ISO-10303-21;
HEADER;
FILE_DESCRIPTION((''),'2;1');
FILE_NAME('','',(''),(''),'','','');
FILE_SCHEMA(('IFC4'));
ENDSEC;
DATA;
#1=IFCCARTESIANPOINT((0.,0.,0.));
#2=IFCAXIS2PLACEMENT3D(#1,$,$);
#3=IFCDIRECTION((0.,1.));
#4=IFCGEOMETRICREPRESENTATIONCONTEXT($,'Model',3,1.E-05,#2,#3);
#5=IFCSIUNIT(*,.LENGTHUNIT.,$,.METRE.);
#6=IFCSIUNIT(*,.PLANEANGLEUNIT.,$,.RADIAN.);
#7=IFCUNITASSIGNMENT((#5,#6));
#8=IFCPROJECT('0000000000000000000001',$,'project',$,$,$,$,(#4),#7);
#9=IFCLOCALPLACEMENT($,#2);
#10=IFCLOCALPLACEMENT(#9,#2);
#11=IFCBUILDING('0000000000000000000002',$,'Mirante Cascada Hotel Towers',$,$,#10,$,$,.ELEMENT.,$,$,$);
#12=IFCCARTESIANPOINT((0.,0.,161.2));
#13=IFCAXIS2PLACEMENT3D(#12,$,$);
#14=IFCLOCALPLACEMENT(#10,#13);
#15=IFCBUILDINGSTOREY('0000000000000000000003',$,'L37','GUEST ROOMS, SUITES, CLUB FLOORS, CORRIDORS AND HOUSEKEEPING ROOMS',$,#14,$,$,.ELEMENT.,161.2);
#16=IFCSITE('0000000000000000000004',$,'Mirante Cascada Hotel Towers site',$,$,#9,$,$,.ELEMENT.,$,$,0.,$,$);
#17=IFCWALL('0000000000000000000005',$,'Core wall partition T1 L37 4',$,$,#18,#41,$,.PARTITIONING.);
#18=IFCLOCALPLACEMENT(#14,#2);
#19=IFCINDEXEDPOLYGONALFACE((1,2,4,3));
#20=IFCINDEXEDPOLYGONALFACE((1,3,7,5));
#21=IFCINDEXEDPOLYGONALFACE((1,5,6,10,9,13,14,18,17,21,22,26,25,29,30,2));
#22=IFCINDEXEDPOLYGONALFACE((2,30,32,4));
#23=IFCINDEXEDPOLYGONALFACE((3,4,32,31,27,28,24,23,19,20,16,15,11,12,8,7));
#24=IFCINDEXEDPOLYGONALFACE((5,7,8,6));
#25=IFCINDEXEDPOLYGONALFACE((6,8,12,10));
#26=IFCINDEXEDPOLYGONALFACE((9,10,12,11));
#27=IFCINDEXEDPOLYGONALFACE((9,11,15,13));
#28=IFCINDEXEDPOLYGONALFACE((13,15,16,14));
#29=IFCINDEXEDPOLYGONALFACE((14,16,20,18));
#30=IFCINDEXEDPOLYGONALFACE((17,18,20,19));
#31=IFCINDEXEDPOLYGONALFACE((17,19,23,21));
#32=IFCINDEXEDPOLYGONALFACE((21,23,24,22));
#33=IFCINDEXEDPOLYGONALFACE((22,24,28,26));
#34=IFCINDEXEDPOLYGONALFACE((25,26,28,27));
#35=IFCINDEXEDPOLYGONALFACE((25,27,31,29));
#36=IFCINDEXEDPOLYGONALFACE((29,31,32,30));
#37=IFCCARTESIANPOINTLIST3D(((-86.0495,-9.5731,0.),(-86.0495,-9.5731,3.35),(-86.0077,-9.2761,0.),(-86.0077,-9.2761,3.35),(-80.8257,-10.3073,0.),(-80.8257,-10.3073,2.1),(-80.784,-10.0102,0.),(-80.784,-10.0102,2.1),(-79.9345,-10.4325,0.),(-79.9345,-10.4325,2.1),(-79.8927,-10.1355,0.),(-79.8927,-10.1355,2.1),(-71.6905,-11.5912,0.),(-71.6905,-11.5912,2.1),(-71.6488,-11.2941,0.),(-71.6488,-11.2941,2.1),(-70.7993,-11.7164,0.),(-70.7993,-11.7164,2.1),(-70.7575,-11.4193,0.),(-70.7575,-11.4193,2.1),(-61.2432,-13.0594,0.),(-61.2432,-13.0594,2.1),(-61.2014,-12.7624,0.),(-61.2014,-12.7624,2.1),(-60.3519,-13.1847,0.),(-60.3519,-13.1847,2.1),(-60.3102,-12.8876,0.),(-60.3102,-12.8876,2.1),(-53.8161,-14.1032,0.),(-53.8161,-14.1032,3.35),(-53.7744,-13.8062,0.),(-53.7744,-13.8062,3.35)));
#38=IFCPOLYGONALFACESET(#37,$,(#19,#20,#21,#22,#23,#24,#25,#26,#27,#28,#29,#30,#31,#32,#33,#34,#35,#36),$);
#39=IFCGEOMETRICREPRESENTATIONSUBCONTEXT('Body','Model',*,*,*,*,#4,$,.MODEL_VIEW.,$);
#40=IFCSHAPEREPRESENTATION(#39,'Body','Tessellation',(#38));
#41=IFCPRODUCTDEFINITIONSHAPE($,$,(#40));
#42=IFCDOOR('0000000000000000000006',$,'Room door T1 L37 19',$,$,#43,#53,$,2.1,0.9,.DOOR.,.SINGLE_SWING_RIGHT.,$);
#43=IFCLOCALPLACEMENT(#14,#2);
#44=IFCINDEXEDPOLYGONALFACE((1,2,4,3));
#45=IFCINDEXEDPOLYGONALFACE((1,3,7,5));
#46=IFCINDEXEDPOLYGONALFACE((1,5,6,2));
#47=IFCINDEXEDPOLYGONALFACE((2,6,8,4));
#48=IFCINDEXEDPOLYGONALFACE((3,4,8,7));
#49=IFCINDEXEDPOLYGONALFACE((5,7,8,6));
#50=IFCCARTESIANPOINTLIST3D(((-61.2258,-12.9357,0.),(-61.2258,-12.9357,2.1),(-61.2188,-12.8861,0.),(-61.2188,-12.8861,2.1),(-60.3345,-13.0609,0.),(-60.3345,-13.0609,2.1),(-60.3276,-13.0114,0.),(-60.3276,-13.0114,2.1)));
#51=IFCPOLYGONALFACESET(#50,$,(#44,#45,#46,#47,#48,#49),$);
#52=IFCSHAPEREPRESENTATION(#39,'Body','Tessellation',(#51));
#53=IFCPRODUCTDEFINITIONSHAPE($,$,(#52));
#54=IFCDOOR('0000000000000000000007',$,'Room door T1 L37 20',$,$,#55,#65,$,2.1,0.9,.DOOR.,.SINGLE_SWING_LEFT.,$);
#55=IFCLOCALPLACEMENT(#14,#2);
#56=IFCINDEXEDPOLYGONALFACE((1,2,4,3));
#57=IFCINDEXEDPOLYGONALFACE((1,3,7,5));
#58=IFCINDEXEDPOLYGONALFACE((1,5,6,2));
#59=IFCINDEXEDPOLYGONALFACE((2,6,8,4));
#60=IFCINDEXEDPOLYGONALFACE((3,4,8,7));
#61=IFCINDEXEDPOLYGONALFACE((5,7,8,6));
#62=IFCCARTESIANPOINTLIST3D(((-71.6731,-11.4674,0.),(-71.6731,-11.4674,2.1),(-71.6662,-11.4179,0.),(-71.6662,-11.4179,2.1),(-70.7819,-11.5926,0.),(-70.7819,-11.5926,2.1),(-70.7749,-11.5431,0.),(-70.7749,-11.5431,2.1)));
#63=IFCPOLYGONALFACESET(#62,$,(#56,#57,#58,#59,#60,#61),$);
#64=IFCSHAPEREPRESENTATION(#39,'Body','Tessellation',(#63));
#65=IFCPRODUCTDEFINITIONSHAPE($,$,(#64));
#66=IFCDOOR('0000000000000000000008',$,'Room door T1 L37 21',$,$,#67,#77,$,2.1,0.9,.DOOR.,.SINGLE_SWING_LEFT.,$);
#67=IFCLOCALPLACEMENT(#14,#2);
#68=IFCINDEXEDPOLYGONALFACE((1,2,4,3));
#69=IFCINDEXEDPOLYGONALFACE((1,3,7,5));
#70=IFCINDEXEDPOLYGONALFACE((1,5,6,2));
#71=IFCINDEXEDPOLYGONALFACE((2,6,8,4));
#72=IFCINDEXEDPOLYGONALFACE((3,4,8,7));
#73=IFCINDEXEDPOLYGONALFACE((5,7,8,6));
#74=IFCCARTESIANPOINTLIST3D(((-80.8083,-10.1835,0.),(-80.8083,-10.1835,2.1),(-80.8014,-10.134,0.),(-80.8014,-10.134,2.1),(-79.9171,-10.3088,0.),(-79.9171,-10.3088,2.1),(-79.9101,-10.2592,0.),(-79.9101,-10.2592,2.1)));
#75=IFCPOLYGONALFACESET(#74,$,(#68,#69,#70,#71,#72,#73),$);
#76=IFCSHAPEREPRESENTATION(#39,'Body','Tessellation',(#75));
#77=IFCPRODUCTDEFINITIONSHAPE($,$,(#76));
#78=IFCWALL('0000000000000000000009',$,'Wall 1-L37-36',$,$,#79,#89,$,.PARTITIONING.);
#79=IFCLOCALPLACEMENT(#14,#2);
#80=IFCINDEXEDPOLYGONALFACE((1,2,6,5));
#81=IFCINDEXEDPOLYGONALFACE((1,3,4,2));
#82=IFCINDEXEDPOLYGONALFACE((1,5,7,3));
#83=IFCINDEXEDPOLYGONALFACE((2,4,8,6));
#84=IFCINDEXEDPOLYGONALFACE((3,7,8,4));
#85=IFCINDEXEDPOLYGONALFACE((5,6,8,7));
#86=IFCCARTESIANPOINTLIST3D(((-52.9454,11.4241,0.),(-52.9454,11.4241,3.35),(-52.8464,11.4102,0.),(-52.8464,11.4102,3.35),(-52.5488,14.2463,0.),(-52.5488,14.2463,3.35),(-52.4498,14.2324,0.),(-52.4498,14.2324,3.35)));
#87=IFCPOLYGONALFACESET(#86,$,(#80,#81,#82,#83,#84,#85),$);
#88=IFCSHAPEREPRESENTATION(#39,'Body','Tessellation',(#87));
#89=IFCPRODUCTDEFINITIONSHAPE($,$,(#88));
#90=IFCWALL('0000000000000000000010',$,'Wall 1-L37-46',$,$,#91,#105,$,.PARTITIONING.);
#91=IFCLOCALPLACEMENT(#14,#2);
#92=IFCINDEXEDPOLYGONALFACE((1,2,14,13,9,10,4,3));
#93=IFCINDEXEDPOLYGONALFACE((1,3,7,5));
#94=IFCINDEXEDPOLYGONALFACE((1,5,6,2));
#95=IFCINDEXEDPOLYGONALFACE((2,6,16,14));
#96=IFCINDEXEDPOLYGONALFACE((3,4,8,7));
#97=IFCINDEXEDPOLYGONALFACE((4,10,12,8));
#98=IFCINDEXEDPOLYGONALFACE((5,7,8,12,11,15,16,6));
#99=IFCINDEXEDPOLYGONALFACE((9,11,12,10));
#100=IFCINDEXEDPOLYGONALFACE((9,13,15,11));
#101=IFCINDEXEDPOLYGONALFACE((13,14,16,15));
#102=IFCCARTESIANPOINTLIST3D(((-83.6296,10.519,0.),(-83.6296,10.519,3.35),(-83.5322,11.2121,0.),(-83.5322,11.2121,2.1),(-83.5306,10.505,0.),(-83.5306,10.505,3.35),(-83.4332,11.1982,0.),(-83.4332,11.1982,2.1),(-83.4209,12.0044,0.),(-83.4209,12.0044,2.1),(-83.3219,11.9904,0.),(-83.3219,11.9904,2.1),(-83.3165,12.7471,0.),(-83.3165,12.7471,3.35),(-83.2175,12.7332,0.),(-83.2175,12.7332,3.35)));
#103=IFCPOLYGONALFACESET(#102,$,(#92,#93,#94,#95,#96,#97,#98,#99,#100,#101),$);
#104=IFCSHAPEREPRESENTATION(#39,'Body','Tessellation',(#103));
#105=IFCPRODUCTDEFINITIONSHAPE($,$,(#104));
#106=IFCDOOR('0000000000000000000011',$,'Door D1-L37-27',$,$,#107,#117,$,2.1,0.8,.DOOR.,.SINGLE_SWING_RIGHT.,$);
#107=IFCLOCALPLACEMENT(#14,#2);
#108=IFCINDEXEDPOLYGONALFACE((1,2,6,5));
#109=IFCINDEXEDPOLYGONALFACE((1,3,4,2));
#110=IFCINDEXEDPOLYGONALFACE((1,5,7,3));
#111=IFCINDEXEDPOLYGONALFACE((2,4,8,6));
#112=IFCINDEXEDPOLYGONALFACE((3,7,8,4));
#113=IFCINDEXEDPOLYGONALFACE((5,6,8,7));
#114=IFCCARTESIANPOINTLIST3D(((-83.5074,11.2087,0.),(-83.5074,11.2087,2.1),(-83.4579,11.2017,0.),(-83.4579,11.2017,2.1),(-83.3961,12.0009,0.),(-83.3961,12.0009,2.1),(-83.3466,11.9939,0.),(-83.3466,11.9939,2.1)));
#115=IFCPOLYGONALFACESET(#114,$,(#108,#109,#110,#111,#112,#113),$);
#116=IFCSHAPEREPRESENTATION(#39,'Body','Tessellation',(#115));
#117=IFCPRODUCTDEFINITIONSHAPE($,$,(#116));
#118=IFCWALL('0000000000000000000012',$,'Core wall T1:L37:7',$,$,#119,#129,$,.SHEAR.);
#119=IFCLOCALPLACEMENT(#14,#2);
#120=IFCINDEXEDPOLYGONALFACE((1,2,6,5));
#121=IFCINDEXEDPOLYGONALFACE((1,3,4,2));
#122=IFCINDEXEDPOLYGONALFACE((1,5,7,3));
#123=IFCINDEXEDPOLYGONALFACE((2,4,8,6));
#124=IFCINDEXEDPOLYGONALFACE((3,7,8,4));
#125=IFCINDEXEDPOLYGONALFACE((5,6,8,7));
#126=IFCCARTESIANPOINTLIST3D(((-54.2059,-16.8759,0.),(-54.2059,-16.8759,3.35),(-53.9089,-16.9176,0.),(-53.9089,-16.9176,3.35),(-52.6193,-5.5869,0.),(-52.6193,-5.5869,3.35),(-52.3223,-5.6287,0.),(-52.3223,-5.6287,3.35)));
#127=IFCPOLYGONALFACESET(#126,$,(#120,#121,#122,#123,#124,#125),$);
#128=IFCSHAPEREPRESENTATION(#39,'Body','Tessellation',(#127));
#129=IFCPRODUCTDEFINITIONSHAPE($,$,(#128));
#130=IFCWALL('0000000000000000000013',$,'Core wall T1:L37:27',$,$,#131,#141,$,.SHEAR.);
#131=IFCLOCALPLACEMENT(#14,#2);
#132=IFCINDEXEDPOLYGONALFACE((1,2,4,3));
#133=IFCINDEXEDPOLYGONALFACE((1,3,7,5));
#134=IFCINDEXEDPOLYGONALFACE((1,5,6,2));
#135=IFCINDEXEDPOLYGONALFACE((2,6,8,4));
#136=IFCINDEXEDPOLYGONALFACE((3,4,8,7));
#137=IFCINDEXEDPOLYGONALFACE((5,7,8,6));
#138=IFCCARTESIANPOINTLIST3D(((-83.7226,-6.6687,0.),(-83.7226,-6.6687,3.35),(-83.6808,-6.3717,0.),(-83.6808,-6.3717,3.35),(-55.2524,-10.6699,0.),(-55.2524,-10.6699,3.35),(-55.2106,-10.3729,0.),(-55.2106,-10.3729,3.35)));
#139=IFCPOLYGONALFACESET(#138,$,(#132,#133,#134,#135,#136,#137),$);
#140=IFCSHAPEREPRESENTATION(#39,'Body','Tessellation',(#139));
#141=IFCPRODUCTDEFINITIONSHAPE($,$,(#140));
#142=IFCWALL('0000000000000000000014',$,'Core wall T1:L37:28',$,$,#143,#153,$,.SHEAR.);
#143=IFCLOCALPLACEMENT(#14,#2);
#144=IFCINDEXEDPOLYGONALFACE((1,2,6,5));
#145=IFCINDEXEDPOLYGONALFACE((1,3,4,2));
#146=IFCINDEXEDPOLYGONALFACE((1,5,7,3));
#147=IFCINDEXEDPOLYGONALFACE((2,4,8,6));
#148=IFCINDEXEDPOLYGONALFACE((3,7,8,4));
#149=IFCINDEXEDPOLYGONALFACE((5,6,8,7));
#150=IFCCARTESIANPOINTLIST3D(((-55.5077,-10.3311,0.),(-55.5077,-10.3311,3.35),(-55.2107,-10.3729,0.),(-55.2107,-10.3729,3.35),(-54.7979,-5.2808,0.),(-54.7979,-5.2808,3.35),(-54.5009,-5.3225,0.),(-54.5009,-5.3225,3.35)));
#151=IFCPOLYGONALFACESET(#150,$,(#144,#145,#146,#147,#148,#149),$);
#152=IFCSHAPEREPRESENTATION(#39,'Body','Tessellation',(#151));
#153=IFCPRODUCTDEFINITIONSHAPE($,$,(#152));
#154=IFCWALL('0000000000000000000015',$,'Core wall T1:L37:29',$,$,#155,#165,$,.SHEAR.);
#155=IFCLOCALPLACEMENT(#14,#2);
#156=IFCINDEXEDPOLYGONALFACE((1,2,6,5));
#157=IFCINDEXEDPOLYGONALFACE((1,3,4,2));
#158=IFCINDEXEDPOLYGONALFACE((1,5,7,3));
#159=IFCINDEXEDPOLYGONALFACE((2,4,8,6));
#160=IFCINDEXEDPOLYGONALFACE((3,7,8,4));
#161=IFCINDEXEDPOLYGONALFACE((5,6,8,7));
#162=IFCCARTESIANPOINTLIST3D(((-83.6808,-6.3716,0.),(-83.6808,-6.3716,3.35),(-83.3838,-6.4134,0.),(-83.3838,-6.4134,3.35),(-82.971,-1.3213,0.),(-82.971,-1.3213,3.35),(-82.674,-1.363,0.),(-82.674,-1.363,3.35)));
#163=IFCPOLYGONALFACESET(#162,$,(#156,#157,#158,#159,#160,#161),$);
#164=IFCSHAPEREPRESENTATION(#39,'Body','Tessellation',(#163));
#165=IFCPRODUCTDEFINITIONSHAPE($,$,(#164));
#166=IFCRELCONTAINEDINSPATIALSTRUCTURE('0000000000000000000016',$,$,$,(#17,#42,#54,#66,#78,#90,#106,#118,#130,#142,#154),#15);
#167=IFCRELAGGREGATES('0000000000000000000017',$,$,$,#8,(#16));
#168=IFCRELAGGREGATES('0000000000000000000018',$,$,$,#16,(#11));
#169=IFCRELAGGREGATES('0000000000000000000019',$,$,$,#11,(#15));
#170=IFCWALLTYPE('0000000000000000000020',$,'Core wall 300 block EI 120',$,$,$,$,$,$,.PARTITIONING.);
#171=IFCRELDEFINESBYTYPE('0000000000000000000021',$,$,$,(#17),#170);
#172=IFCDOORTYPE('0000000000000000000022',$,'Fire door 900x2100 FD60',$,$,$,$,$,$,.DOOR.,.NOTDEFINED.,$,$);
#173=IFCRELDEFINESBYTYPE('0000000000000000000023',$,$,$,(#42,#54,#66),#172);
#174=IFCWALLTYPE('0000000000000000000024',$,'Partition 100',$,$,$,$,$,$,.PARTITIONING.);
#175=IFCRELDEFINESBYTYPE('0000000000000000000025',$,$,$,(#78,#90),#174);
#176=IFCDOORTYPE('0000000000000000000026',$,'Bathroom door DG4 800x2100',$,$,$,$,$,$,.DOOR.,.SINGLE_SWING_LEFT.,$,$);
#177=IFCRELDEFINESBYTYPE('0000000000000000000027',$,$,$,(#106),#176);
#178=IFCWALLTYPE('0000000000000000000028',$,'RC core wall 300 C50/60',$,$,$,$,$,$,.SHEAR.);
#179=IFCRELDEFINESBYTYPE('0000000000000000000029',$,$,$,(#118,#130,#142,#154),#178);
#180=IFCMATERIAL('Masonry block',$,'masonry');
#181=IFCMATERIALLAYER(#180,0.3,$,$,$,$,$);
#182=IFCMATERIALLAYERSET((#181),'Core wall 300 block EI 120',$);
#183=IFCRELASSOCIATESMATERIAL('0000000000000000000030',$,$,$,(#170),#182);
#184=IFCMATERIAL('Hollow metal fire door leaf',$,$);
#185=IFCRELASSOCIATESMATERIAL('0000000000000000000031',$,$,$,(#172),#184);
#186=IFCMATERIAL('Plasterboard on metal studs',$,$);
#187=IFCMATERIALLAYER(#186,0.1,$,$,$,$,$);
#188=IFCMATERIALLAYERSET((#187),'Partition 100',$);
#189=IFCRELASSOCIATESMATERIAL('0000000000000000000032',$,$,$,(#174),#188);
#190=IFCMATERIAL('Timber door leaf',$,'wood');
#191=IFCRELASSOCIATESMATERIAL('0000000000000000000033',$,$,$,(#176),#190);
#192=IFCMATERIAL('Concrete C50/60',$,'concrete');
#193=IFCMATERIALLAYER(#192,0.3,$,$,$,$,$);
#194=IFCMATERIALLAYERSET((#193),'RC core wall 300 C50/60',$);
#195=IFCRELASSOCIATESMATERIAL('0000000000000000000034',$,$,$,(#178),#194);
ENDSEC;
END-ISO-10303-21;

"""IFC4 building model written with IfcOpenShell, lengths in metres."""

from ifc_helpers import new_model, si_unit, direction, frame, frame_2d, origin, place, context, subcontext, project, spatial, rectangle, extrude, material, layer, layer_set, type_object, element, fill, save


model = new_model("IFC4")

# Units and contexts
model_context = context("Model", 3, precision=1e-05, world=origin(), true_north=direction((0.0, 1.0)))
body_context = subcontext(model_context, "Body", "Model", "MODEL_VIEW")
ifc_project = project(units=[si_unit("LENGTHUNIT", "METRE"), si_unit("PLANEANGLEUNIT", "RADIAN")], contexts=[model_context])

# Site, building, storey
site_placement = place(None, origin())
site = spatial("IfcSite", under=ifc_project, at=site_placement, Name="Mirante Cascada Hotel Towers site", CompositionType="ELEMENT", RefElevation=0.0)
building_placement = place(site_placement, origin())
building = spatial("IfcBuilding", under=site, at=building_placement, Name="Mirante Cascada Hotel Towers", CompositionType="ELEMENT")
storey_placement = place(building_placement, frame((0.0, 0.0, 161.2)))
storey = spatial("IfcBuildingStorey", under=building, at=storey_placement, Name="L37", Description="GUEST ROOMS, SUITES, CLUB FLOORS, CORRIDORS AND HOUSEKEEPING ROOMS", CompositionType="ELEMENT", Elevation=161.2)

# Wall, openings, doors
ifc_material_1 = material(Name="Masonry block", Category="masonry")
ifc_layer_1 = layer(ifc_material_1, 0.3)
ifc_layer_set_1 = layer_set([ifc_layer_1], Name="Core wall 300 block EI 120")
wall_type_1 = type_object("IfcWallType", Name="Core wall 300 block EI 120", PredefinedType="PARTITIONING", material=ifc_layer_set_1)
wall_1_placement = place(storey_placement, frame((-53.7953, -13.9547, 0.0), z_axis=(0.0, 0.0, 1.0), x_axis=(-0.990268, 0.139173, 0.0)))
wall_1 = element("IfcWall", 1, at=wall_1_placement, inside=storey, type_object=wall_type_1, Name="Core wall partition T1 L37 4", PredefinedType="PARTITIONING", context=body_context, shape_type="SweptSolid", body=[
    extrude(rectangle(XDim=32.5501, YDim=0.3, at=frame_2d((16.275, 0.0))), origin(), (0.0, 0.0, 1.0), 3.35),
])
opening_1_placement = place(wall_1_placement, frame((6.6, 0.0, 0.0)))
opening_1 = element("IfcOpeningElement", 2, at=opening_1_placement, cuts=wall_1, PredefinedType="OPENING", context=body_context, shape_type="SweptSolid", body=[
    extrude(rectangle(XDim=0.9, YDim=2.1, at=frame_2d((0.45, 1.05))), frame((0.0, 0.15, 0.0), z_axis=(0.0, -1.0, 0.0), x_axis=(1.0, 0.0, 0.0)), (0.0, 0.0, 1.0), 0.3),
])
opening_2_placement = place(wall_1_placement, frame((17.15, 0.0, 0.0)))
opening_2 = element("IfcOpeningElement", 3, at=opening_2_placement, cuts=wall_1, PredefinedType="OPENING", context=body_context, shape_type="SweptSolid", body=[
    extrude(rectangle(XDim=0.9, YDim=2.1, at=frame_2d((0.45, 1.05))), frame((0.0, 0.15, 0.0), z_axis=(0.0, -1.0, 0.0), x_axis=(1.0, 0.0, 0.0)), (0.0, 0.0, 1.0), 0.3),
])
opening_3_placement = place(wall_1_placement, frame((26.375, 0.0, 0.0)))
opening_3 = element("IfcOpeningElement", 4, at=opening_3_placement, cuts=wall_1, PredefinedType="OPENING", context=body_context, shape_type="SweptSolid", body=[
    extrude(rectangle(XDim=0.9, YDim=2.1, at=frame_2d((0.45, 1.05))), frame((0.0, 0.15, 0.0), z_axis=(0.0, -1.0, 0.0), x_axis=(1.0, 0.0, 0.0)), (0.0, 0.0, 1.0), 0.3),
])
ifc_material_2 = material(Name="Hollow metal fire door leaf")
door_type_1 = type_object("IfcDoorType", Name="Fire door 900x2100 FD60", OperationType="NOTDEFINED", PredefinedType="DOOR", material=ifc_material_2)
door_1_placement = place(opening_1_placement, origin())
door_1 = element("IfcDoor", 5, at=door_1_placement, inside=storey, type_object=door_type_1, Name="Room door T1 L37 19", OperationType="SINGLE_SWING_RIGHT", OverallHeight=2.1, OverallWidth=0.9, PredefinedType="DOOR", context=body_context, shape_type="SweptSolid", body=[
    extrude(rectangle(XDim=0.9, YDim=2.1, at=frame_2d((0.45, 1.05))), frame((0.0, 0.025, 0.0), z_axis=(0.0, -1.0, 0.0), x_axis=(1.0, 0.0, 0.0)), (0.0, 0.0, 1.0), 0.05),
])
fill(opening_1, door_1)
door_2_placement = place(opening_2_placement, origin())
door_2 = element("IfcDoor", 6, at=door_2_placement, inside=storey, type_object=door_type_1, Name="Room door T1 L37 20", OperationType="SINGLE_SWING_LEFT", OverallHeight=2.1, OverallWidth=0.9, PredefinedType="DOOR", context=body_context, shape_type="SweptSolid", body=[
    extrude(rectangle(XDim=0.9, YDim=2.1, at=frame_2d((0.45, 1.05))), frame((0.0, 0.025, 0.0), z_axis=(0.0, -1.0, 0.0), x_axis=(1.0, 0.0, 0.0)), (0.0, 0.0, 1.0), 0.05),
])
fill(opening_2, door_2)
door_3_placement = place(opening_3_placement, origin())
door_3 = element("IfcDoor", 7, at=door_3_placement, inside=storey, type_object=door_type_1, Name="Room door T1 L37 21", OperationType="SINGLE_SWING_LEFT", OverallHeight=2.1, OverallWidth=0.9, PredefinedType="DOOR", context=body_context, shape_type="SweptSolid", body=[
    extrude(rectangle(XDim=0.9, YDim=2.1, at=frame_2d((0.45, 1.05))), frame((0.0, 0.025, 0.0), z_axis=(0.0, -1.0, 0.0), x_axis=(1.0, 0.0, 0.0)), (0.0, 0.0, 1.0), 0.05),
])
fill(opening_3, door_3)

# Wall
ifc_material_3 = material(Name="Plasterboard on metal studs")
ifc_layer_2 = layer(ifc_material_3, 0.1)
ifc_layer_set_2 = layer_set([ifc_layer_2], Name="Partition 100")
wall_type_2 = type_object("IfcWallType", Name="Partition 100", PredefinedType="PARTITIONING", material=ifc_layer_set_2)
wall_2_placement = place(storey_placement, frame((-52.8959, 11.4171, 0.0), z_axis=(0.0, 0.0, 1.0), x_axis=(0.139161, 0.99027, 0.0)))
element("IfcWall", 8, at=wall_2_placement, inside=storey, type_object=wall_type_2, Name="Wall 1-L37-36", PredefinedType="PARTITIONING", context=body_context, shape_type="SweptSolid", body=[
    extrude(rectangle(XDim=2.8499, YDim=0.1, at=frame_2d((1.425, 0.0))), origin(), (0.0, 0.0, 1.0), 3.35),
])

# Wall, opening, door
wall_3_placement = place(storey_placement, frame((-83.5801, 10.512, 0.0), z_axis=(0.0, 0.0, 1.0), x_axis=(0.139156, 0.990271, 0.0)))
wall_3 = element("IfcWall", 9, at=wall_3_placement, inside=storey, type_object=wall_type_2, Name="Wall 1-L37-46", PredefinedType="PARTITIONING", context=body_context, shape_type="SweptSolid", body=[
    extrude(rectangle(XDim=2.25, YDim=0.1, at=frame_2d((1.125, 0.0))), origin(), (0.0, 0.0, 1.0), 3.35),
])
opening_4_placement = place(wall_3_placement, frame((0.7, 0.0, 0.0)))
opening_4 = element("IfcOpeningElement", 10, at=opening_4_placement, cuts=wall_3, PredefinedType="OPENING", context=body_context, shape_type="SweptSolid", body=[
    extrude(rectangle(XDim=0.8, YDim=2.1, at=frame_2d((0.4, 1.05))), frame((0.0, 0.05, 0.0), z_axis=(0.0, -1.0, 0.0), x_axis=(1.0, 0.0, 0.0)), (0.0, 0.0, 1.0), 0.1),
])
ifc_material_4 = material(Name="Timber door leaf", Category="wood")
door_type_2 = type_object("IfcDoorType", Name="Bathroom door DG4 800x2100", OperationType="SINGLE_SWING_LEFT", PredefinedType="DOOR", material=ifc_material_4)
door_4_placement = place(opening_4_placement, frame((0.8, 0.0, 0.0), z_axis=(0.0, 0.0, 1.0), x_axis=(-1.0, 0.0, 0.0)))
door_4 = element("IfcDoor", 11, at=door_4_placement, inside=storey, type_object=door_type_2, Name="Door D1-L37-27", OperationType="SINGLE_SWING_RIGHT", OverallHeight=2.1, OverallWidth=0.8, PredefinedType="DOOR", context=body_context, shape_type="SweptSolid", body=[
    extrude(rectangle(XDim=0.8, YDim=2.1, at=frame_2d((0.4, 1.05))), frame((0.0, 0.025, 0.0), z_axis=(0.0, -1.0, 0.0), x_axis=(1.0, 0.0, 0.0)), (0.0, 0.0, 1.0), 0.05),
])
fill(opening_4, door_4)

# Walls
ifc_material_5 = material(Name="Concrete C50/60", Category="concrete")
ifc_layer_3 = layer(ifc_material_5, 0.3)
ifc_layer_set_3 = layer_set([ifc_layer_3], Name="RC core wall 300 C50/60")
wall_type_3 = type_object("IfcWallType", Name="RC core wall 300 C50/60", PredefinedType="SHEAR", material=ifc_layer_set_3)
wall_4_placement = place(storey_placement, frame((-54.0574, -16.8968, 0.0), z_axis=(0.0, 0.0, 1.0), x_axis=(0.139176, 0.990268, 0.0)))
element("IfcWall", 12, at=wall_4_placement, inside=storey, type_object=wall_type_3, Name="Core wall T1:L37:7", PredefinedType="SHEAR", context=body_context, shape_type="SweptSolid", body=[
    extrude(rectangle(XDim=11.3999, YDim=0.3, at=frame_2d((5.7, 0.0))), origin(), (0.0, 0.0, 1.0), 3.35),
])
wall_5_placement = place(storey_placement, frame((-55.2315, -10.5214, 0.0), z_axis=(0.0, 0.0, 1.0), x_axis=(-0.990268, 0.139172, 0.0)))
element("IfcWall", 13, at=wall_5_placement, inside=storey, type_object=wall_type_3, Name="Core wall T1:L37:27", PredefinedType="SHEAR", context=body_context, shape_type="SweptSolid", body=[
    extrude(rectangle(XDim=28.75, YDim=0.3, at=frame_2d((14.375, 0.0))), origin(), (0.0, 0.0, 1.0), 3.35),
])
for number, where, z_axis, x_axis, name in (
    (14, (-55.3592, -10.352, 0.0), (0.0, 0.0, 1.0), (0.139176, 0.990268, 0.0), "Core wall T1:L37:28"),
    (15, (-83.5323, -6.3925, 0.0), (0.0, 0.0, 1.0), (0.139176, 0.990268, 0.0), "Core wall T1:L37:29"),
):
    element("IfcWall", number, at=place(storey_placement, frame(where, z_axis=z_axis, x_axis=x_axis)), inside=storey, type_object=wall_type_3, Name=name, PredefinedType="SHEAR", context=body_context, shape_type="SweptSolid", body=[
        extrude(rectangle(XDim=5.1, YDim=0.3, at=frame_2d((2.55, 0.0))), origin(), (0.0, 0.0, 1.0), 3.35),
    ])

save(model, "model.ifc")
